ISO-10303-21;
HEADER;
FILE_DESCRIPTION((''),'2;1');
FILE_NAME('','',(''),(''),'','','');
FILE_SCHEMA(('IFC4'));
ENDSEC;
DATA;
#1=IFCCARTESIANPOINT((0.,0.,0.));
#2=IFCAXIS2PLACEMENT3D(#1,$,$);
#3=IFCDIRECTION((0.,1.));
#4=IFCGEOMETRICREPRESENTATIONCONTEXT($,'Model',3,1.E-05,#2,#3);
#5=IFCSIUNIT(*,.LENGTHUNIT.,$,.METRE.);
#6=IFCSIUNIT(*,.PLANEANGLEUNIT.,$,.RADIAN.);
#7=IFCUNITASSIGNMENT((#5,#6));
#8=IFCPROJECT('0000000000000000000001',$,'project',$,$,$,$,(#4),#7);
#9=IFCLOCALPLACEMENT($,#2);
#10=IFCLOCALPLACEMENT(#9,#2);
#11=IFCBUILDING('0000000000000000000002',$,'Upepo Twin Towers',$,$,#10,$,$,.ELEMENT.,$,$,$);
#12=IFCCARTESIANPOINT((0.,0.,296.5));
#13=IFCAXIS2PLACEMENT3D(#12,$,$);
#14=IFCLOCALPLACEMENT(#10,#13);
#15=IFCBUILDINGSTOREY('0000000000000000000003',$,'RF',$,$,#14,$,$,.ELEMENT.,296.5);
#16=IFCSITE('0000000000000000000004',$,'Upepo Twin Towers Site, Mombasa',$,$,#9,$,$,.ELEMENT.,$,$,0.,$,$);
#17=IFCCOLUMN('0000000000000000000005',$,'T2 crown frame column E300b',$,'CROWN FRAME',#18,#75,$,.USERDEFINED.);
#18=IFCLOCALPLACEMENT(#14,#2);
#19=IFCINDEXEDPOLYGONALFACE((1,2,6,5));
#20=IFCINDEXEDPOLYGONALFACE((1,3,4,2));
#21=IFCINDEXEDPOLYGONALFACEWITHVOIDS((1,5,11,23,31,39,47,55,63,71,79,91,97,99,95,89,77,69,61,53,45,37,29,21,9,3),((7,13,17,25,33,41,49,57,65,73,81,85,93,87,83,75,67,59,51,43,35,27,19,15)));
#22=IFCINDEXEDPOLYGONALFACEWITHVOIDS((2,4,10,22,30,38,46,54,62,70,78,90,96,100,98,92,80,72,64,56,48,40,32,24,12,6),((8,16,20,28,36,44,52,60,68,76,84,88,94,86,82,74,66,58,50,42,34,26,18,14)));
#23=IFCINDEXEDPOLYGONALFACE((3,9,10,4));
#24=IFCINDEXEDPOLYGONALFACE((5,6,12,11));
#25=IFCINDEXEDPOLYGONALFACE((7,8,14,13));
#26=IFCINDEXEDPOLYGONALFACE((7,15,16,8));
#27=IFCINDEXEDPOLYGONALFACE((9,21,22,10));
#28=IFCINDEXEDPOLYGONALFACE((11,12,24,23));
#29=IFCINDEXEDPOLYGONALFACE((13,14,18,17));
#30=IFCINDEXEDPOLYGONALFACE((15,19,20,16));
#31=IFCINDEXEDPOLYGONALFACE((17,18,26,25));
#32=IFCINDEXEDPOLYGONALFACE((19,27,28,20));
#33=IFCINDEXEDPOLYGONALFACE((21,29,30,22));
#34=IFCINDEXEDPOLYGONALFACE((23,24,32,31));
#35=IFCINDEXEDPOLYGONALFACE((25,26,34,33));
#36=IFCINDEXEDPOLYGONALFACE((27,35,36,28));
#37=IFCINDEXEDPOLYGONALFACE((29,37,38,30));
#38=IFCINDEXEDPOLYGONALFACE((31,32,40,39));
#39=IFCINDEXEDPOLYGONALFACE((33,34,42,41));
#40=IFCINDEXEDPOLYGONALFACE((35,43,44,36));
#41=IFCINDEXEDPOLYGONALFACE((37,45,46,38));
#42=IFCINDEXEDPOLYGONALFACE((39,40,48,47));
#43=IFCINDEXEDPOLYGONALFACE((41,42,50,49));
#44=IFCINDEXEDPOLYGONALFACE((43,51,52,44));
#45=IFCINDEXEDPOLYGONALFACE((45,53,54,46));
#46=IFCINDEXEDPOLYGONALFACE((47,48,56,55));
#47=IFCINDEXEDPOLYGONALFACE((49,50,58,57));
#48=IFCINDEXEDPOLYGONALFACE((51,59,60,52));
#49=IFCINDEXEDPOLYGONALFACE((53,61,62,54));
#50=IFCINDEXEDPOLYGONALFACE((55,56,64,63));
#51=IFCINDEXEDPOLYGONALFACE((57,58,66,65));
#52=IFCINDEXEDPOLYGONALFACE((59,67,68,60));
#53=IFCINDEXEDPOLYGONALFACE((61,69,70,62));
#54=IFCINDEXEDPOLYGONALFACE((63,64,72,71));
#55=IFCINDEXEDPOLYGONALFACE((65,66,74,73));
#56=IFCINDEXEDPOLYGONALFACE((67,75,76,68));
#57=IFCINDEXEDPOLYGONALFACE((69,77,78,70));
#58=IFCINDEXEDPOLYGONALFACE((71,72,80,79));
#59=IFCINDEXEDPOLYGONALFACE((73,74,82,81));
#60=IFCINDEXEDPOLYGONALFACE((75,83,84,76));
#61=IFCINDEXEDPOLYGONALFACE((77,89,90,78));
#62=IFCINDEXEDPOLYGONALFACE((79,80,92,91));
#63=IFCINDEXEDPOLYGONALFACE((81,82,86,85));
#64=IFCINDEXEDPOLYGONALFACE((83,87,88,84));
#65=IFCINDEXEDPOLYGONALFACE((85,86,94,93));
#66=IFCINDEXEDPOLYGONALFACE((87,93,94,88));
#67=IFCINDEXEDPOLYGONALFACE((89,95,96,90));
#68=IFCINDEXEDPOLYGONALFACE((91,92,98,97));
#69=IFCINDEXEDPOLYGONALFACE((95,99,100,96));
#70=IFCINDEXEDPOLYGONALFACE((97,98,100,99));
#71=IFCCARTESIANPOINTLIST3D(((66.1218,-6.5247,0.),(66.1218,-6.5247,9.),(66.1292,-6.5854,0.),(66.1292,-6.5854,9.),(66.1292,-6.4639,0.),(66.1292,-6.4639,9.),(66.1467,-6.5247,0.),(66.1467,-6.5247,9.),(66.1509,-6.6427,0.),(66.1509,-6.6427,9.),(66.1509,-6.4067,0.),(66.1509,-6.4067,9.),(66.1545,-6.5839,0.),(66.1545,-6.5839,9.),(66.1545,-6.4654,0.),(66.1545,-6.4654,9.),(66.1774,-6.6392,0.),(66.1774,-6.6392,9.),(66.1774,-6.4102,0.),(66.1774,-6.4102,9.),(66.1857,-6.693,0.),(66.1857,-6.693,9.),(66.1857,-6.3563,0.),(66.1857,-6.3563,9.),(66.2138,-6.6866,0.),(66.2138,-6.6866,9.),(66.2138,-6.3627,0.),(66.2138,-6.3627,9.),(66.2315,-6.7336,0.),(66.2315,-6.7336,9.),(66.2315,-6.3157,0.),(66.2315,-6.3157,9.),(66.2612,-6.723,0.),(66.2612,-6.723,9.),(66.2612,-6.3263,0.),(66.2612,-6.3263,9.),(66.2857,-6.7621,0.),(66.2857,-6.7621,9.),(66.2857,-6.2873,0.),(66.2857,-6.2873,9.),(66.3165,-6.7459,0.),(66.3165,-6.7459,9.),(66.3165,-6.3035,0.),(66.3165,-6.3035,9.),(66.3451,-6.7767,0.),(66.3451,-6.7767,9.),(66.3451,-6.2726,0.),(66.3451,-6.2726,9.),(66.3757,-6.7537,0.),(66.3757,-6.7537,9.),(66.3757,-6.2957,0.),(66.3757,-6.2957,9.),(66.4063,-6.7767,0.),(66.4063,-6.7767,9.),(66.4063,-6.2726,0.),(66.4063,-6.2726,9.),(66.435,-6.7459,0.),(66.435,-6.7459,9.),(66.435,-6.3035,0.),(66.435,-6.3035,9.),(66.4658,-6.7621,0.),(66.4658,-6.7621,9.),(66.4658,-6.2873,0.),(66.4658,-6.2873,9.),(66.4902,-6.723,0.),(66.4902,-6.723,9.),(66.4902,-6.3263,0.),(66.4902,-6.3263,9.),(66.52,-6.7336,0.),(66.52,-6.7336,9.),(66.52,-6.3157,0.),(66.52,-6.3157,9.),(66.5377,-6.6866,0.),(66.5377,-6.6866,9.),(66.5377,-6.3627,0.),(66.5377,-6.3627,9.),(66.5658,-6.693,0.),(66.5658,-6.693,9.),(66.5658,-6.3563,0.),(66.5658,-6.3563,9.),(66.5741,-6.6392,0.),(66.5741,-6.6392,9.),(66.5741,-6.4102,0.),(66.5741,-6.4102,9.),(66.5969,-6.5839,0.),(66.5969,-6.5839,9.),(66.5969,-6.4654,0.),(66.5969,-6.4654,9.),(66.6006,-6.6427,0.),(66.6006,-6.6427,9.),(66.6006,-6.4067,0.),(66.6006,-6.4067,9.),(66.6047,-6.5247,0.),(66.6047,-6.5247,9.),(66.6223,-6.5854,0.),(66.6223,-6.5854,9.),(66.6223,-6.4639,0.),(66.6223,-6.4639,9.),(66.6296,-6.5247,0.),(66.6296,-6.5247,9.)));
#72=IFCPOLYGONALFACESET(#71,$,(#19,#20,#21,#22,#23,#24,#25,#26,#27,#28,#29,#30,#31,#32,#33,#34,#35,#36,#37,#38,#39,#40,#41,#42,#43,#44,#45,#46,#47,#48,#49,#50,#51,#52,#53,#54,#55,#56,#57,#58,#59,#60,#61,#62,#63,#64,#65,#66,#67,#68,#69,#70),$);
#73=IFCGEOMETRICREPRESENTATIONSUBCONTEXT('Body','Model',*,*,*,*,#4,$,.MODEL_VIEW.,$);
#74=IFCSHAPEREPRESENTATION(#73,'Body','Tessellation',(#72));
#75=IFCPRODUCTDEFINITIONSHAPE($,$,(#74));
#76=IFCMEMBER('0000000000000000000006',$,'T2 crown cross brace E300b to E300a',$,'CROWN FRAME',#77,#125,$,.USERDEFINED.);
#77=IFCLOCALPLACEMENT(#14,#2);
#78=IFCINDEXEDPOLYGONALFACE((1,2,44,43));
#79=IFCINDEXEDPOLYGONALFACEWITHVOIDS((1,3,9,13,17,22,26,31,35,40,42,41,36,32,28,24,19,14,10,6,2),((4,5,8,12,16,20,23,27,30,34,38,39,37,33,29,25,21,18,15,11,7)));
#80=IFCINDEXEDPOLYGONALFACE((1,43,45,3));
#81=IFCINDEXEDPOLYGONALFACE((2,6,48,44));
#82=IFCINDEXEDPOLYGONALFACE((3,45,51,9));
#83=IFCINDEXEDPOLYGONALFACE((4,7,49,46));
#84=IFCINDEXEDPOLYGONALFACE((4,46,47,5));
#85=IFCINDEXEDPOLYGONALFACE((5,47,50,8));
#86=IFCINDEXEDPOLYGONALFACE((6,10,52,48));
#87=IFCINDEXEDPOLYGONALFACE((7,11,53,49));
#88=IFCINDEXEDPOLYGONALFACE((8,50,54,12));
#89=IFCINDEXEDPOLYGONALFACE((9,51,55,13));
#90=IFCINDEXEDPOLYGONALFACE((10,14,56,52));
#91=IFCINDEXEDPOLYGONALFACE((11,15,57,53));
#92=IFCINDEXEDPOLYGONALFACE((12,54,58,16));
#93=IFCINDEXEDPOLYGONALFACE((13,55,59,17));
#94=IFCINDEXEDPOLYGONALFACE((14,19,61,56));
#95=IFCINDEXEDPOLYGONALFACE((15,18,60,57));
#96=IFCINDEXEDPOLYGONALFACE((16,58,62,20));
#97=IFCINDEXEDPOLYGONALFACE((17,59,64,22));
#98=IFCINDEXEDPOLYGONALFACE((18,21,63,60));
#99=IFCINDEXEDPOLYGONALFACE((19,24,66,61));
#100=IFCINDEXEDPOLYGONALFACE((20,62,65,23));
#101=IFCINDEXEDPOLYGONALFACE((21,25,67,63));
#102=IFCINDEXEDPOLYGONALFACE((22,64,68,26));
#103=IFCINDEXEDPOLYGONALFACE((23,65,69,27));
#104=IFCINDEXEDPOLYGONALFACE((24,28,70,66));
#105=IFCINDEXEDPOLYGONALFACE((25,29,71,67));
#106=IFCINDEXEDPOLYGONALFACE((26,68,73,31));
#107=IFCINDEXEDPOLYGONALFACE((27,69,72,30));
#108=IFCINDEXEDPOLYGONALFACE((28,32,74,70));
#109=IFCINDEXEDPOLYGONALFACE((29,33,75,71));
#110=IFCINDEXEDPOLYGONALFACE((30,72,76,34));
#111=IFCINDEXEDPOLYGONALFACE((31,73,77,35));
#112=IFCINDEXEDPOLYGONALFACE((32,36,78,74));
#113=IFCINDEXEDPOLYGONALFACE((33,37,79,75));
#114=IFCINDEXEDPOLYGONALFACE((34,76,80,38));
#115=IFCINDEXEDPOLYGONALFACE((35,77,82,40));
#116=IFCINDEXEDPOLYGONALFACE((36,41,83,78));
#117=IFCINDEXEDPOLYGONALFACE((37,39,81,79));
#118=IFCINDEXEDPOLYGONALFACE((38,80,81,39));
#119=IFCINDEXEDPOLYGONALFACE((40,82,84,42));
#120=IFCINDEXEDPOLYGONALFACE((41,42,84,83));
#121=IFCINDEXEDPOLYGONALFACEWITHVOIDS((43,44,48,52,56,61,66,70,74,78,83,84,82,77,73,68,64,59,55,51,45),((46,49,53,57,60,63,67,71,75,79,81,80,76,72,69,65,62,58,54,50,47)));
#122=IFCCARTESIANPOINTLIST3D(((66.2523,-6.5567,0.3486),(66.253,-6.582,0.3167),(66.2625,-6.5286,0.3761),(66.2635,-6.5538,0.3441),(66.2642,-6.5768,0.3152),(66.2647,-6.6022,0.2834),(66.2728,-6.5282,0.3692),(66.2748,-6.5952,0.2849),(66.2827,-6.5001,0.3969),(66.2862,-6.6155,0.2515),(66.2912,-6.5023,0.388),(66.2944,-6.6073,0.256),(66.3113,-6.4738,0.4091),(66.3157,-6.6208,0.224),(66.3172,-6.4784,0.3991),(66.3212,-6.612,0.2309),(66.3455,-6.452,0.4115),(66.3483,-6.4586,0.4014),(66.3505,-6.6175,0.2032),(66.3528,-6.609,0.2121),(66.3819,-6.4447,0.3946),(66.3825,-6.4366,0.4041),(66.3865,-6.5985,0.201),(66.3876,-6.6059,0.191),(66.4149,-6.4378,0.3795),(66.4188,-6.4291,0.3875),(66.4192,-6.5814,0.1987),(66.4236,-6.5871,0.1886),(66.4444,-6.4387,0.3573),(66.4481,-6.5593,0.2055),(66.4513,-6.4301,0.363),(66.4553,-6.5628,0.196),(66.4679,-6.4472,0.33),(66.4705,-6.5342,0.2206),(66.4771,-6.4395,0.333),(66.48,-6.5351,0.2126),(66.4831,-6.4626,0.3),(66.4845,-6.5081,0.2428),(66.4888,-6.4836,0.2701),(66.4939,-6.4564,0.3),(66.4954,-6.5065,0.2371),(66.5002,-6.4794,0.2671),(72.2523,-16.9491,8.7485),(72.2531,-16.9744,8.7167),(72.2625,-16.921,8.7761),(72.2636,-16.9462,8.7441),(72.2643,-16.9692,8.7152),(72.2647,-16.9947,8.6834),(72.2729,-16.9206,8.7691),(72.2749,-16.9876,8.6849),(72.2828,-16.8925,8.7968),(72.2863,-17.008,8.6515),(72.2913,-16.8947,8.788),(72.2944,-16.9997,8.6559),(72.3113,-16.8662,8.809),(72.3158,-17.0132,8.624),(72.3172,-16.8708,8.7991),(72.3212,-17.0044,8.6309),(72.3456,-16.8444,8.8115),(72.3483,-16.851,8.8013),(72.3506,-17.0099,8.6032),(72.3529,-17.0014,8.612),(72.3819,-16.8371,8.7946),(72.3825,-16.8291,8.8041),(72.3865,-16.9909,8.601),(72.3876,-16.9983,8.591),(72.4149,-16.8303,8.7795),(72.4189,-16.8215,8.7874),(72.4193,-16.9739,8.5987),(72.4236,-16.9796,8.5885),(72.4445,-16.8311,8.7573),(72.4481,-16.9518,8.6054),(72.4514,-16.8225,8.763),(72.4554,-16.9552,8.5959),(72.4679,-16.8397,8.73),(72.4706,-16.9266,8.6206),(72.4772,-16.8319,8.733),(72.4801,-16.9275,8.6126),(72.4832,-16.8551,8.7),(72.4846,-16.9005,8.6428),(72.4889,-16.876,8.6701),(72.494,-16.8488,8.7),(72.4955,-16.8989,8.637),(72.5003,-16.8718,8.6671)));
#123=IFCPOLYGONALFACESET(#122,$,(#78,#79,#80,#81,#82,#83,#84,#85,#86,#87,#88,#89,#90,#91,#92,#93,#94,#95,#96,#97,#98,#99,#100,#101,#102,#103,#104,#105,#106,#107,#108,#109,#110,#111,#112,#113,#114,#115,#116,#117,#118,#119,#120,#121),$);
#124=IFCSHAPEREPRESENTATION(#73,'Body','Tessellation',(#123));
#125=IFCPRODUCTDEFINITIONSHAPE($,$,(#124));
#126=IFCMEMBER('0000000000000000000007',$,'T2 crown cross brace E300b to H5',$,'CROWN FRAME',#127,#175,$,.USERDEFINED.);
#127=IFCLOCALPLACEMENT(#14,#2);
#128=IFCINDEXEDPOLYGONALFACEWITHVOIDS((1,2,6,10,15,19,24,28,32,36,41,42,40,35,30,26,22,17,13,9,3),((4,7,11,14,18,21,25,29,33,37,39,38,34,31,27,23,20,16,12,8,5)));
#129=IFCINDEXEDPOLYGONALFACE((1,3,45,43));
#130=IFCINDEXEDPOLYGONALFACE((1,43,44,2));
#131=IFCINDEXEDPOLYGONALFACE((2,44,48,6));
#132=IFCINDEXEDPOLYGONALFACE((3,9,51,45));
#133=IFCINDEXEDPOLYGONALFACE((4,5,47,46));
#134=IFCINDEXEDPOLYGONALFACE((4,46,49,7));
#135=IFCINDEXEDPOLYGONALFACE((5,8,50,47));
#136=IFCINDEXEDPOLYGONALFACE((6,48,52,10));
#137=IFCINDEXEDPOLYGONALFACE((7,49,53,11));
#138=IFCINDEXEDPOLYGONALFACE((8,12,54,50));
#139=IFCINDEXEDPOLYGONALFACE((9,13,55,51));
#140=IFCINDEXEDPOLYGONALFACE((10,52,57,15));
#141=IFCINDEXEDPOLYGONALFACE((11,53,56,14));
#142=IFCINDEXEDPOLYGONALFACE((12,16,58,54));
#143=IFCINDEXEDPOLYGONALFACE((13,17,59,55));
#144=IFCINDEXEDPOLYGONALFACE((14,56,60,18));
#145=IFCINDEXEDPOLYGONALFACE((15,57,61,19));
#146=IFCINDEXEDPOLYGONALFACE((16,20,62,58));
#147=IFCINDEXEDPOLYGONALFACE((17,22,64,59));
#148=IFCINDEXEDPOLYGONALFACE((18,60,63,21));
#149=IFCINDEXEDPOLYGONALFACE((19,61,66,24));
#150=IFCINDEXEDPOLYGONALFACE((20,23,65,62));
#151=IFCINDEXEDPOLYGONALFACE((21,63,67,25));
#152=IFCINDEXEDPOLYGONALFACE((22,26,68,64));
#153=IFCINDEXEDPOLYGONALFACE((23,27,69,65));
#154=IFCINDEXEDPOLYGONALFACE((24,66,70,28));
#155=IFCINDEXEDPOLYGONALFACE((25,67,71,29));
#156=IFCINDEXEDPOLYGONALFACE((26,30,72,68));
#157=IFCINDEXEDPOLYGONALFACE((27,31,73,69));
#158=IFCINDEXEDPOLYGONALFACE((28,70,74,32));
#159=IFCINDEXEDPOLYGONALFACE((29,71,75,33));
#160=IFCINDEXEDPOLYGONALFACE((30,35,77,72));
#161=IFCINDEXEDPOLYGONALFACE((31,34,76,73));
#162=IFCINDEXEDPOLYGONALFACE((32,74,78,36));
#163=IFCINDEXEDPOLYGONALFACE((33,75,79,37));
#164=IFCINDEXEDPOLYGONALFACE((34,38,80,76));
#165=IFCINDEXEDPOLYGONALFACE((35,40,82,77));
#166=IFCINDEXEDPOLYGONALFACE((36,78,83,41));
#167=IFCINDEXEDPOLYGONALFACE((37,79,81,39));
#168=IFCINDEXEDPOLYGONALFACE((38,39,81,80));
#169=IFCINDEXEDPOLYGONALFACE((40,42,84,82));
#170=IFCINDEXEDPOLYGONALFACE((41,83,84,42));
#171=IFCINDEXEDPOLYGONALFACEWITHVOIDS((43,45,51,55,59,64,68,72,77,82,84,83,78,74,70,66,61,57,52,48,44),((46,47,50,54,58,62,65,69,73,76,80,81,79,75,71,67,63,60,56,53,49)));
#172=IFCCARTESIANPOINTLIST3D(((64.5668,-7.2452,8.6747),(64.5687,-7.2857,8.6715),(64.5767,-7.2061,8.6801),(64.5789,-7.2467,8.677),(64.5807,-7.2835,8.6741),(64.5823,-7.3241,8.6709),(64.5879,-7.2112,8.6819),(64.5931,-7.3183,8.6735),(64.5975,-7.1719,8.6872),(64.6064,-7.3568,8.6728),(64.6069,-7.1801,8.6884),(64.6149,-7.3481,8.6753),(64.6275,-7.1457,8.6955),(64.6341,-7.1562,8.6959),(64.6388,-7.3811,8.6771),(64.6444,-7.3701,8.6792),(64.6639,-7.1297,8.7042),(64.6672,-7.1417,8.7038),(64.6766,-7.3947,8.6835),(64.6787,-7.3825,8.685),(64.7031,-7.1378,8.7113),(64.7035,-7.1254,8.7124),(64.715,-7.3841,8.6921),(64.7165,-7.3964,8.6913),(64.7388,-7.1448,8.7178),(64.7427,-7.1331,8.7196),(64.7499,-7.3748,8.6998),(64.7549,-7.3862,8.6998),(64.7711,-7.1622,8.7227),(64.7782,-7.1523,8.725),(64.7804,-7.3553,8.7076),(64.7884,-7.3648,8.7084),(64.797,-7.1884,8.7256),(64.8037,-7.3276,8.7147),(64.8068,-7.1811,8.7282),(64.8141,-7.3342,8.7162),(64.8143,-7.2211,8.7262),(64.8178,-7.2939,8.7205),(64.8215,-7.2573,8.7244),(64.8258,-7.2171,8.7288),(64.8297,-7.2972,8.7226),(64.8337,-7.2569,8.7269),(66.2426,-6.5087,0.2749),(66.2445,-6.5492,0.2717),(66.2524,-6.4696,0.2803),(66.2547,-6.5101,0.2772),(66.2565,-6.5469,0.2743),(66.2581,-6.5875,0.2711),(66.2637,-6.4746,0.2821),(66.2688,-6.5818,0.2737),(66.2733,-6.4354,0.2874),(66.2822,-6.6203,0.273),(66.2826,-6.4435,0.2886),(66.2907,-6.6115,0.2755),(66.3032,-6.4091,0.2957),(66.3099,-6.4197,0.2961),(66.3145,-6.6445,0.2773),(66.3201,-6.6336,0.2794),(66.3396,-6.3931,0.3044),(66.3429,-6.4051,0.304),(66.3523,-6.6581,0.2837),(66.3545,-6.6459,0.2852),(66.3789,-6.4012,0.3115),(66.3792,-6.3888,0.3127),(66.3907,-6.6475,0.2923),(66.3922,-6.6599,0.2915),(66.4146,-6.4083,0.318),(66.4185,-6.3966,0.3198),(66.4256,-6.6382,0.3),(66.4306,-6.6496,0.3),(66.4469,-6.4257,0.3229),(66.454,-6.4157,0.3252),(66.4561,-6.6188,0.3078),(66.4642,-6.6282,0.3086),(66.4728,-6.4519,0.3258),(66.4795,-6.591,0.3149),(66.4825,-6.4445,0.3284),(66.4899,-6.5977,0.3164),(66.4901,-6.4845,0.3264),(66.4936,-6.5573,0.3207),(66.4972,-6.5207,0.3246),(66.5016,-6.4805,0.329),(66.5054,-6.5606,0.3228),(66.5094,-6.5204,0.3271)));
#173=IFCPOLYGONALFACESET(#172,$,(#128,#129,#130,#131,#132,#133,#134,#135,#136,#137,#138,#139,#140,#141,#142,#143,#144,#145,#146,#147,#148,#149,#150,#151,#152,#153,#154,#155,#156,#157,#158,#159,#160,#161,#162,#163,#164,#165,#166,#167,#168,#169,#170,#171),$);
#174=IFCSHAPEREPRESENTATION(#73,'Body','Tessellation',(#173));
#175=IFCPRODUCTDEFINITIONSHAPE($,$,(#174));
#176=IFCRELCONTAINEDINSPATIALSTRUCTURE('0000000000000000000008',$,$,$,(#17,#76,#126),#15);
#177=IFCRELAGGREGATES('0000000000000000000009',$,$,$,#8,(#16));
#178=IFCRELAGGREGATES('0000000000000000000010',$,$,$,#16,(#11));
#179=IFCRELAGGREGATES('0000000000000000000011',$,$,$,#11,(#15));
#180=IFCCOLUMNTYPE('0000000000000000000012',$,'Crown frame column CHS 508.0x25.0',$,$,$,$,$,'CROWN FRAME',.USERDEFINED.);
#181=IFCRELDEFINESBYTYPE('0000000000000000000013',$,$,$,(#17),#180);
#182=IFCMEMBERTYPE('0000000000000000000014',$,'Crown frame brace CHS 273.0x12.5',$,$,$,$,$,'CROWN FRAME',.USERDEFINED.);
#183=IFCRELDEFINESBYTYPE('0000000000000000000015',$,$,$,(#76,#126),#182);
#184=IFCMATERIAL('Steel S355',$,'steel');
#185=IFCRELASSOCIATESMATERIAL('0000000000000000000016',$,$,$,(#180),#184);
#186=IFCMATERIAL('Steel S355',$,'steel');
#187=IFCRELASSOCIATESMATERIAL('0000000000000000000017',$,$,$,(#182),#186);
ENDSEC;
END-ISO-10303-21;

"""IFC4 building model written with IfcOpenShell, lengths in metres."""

from ifc_helpers import new_model, si_unit, direction, frame, origin, origin_2d, place, context, subcontext, project, spatial, hollow_circle, extrude, material, material_profile, profile_set, type_object, element, save


model = new_model("IFC4")

# Units and contexts
model_context = context("Model", 3, precision=1e-05, world=origin(), true_north=direction((0.0, 1.0)))
body_context = subcontext(model_context, "Body", "Model", "MODEL_VIEW")
ifc_project = project(units=[si_unit("LENGTHUNIT", "METRE"), si_unit("PLANEANGLEUNIT", "RADIAN")], contexts=[model_context])

# Site, building, storey
site_placement = place(None, origin())
site = spatial("IfcSite", under=ifc_project, at=site_placement, Name="Upepo Twin Towers Site, Mombasa", CompositionType="ELEMENT", RefElevation=0.0)
building_placement = place(site_placement, origin())
building = spatial("IfcBuilding", under=site, at=building_placement, Name="Upepo Twin Towers", CompositionType="ELEMENT")
storey_placement = place(building_placement, frame((0.0, 0.0, 296.5)))
storey = spatial("IfcBuildingStorey", under=building, at=storey_placement, Name="RF", CompositionType="ELEMENT", Elevation=296.5)

# Column
ifc_material_1 = material(Name="Steel S355", Category="steel")
ifc_material_profile_1 = material_profile(ifc_material_1, hollow_circle(Radius=0.2539, WallThickness=0.0249, at=origin_2d()), Name="CHS 508.0x25.0")
ifc_profile_set_1 = profile_set([ifc_material_profile_1], Name="Steel S355")
column_type = type_object("IfcColumnType", Name="Crown frame column CHS 508.0x25.0", ElementType="CROWN FRAME", PredefinedType="USERDEFINED", material=ifc_profile_set_1)
column_placement = place(storey_placement, frame((66.3757, -6.5247, 0.0), z_axis=(0.0, 0.0, 1.0), x_axis=(1.0, 0.0, 0.0)))
element("IfcColumn", 1, at=column_placement, inside=storey, type_object=column_type, Name="T2 crown frame column E300b", ObjectType="CROWN FRAME", PredefinedType="USERDEFINED", context=body_context, shape_type="SweptSolid", body=[
    extrude(hollow_circle(Radius=0.2539, WallThickness=0.0249, at=origin_2d()), origin(), (0.0, 0.0, 1.0), 9.0),
])

# Members
ifc_material_2 = material(Name="Steel S355", Category="steel")
ifc_material_profile_2 = material_profile(ifc_material_2, hollow_circle(Radius=0.1365, WallThickness=0.0125, at=origin_2d()), Name="CHS 273.0x12.5")
ifc_profile_set_2 = profile_set([ifc_material_profile_2], Name="Steel S355")
member_type_1 = type_object("IfcMemberType", Name="Crown frame brace CHS 273.0x12.5", ElementType="CROWN FRAME", PredefinedType="USERDEFINED", material=ifc_profile_set_2)
member_1_placement = place(storey_placement, frame((66.3757, -6.5247, 0.3), z_axis=(0.409617, -0.709479, 0.573457), x_axis=(0.866026, 0.499999, 0.0)))
element("IfcMember", 2, at=member_1_placement, inside=storey, type_object=member_type_1, Name="T2 crown cross brace E300b to E300a", ObjectType="CROWN FRAME", PredefinedType="USERDEFINED", context=body_context, shape_type="SweptSolid", body=[
    extrude(hollow_circle(Radius=0.1365, WallThickness=0.0125, at=origin_2d()), origin(), (0.0, 0.0, 1.0), 14.6479),
])
for number, where, z_axis, x_axis, name in (
    (3, (66.3757, -6.5247, 0.3), (-0.194925, -0.085677, 0.977069), (0.402385, -0.91547, 0.0), "T2 crown cross brace E300b to H5"),
):
    element("IfcMember", number, at=place(storey_placement, frame(where, z_axis=z_axis, x_axis=x_axis)), inside=storey, type_object=member_type_1, Name=name, ObjectType="CROWN FRAME", PredefinedType="USERDEFINED", context=body_context, shape_type="SweptSolid", body=[
        extrude(hollow_circle(Radius=0.1365, WallThickness=0.0125, at=origin_2d()), origin(), (0.0, 0.0, 1.0), 8.5969),
    ])

save(model, "model.ifc")
